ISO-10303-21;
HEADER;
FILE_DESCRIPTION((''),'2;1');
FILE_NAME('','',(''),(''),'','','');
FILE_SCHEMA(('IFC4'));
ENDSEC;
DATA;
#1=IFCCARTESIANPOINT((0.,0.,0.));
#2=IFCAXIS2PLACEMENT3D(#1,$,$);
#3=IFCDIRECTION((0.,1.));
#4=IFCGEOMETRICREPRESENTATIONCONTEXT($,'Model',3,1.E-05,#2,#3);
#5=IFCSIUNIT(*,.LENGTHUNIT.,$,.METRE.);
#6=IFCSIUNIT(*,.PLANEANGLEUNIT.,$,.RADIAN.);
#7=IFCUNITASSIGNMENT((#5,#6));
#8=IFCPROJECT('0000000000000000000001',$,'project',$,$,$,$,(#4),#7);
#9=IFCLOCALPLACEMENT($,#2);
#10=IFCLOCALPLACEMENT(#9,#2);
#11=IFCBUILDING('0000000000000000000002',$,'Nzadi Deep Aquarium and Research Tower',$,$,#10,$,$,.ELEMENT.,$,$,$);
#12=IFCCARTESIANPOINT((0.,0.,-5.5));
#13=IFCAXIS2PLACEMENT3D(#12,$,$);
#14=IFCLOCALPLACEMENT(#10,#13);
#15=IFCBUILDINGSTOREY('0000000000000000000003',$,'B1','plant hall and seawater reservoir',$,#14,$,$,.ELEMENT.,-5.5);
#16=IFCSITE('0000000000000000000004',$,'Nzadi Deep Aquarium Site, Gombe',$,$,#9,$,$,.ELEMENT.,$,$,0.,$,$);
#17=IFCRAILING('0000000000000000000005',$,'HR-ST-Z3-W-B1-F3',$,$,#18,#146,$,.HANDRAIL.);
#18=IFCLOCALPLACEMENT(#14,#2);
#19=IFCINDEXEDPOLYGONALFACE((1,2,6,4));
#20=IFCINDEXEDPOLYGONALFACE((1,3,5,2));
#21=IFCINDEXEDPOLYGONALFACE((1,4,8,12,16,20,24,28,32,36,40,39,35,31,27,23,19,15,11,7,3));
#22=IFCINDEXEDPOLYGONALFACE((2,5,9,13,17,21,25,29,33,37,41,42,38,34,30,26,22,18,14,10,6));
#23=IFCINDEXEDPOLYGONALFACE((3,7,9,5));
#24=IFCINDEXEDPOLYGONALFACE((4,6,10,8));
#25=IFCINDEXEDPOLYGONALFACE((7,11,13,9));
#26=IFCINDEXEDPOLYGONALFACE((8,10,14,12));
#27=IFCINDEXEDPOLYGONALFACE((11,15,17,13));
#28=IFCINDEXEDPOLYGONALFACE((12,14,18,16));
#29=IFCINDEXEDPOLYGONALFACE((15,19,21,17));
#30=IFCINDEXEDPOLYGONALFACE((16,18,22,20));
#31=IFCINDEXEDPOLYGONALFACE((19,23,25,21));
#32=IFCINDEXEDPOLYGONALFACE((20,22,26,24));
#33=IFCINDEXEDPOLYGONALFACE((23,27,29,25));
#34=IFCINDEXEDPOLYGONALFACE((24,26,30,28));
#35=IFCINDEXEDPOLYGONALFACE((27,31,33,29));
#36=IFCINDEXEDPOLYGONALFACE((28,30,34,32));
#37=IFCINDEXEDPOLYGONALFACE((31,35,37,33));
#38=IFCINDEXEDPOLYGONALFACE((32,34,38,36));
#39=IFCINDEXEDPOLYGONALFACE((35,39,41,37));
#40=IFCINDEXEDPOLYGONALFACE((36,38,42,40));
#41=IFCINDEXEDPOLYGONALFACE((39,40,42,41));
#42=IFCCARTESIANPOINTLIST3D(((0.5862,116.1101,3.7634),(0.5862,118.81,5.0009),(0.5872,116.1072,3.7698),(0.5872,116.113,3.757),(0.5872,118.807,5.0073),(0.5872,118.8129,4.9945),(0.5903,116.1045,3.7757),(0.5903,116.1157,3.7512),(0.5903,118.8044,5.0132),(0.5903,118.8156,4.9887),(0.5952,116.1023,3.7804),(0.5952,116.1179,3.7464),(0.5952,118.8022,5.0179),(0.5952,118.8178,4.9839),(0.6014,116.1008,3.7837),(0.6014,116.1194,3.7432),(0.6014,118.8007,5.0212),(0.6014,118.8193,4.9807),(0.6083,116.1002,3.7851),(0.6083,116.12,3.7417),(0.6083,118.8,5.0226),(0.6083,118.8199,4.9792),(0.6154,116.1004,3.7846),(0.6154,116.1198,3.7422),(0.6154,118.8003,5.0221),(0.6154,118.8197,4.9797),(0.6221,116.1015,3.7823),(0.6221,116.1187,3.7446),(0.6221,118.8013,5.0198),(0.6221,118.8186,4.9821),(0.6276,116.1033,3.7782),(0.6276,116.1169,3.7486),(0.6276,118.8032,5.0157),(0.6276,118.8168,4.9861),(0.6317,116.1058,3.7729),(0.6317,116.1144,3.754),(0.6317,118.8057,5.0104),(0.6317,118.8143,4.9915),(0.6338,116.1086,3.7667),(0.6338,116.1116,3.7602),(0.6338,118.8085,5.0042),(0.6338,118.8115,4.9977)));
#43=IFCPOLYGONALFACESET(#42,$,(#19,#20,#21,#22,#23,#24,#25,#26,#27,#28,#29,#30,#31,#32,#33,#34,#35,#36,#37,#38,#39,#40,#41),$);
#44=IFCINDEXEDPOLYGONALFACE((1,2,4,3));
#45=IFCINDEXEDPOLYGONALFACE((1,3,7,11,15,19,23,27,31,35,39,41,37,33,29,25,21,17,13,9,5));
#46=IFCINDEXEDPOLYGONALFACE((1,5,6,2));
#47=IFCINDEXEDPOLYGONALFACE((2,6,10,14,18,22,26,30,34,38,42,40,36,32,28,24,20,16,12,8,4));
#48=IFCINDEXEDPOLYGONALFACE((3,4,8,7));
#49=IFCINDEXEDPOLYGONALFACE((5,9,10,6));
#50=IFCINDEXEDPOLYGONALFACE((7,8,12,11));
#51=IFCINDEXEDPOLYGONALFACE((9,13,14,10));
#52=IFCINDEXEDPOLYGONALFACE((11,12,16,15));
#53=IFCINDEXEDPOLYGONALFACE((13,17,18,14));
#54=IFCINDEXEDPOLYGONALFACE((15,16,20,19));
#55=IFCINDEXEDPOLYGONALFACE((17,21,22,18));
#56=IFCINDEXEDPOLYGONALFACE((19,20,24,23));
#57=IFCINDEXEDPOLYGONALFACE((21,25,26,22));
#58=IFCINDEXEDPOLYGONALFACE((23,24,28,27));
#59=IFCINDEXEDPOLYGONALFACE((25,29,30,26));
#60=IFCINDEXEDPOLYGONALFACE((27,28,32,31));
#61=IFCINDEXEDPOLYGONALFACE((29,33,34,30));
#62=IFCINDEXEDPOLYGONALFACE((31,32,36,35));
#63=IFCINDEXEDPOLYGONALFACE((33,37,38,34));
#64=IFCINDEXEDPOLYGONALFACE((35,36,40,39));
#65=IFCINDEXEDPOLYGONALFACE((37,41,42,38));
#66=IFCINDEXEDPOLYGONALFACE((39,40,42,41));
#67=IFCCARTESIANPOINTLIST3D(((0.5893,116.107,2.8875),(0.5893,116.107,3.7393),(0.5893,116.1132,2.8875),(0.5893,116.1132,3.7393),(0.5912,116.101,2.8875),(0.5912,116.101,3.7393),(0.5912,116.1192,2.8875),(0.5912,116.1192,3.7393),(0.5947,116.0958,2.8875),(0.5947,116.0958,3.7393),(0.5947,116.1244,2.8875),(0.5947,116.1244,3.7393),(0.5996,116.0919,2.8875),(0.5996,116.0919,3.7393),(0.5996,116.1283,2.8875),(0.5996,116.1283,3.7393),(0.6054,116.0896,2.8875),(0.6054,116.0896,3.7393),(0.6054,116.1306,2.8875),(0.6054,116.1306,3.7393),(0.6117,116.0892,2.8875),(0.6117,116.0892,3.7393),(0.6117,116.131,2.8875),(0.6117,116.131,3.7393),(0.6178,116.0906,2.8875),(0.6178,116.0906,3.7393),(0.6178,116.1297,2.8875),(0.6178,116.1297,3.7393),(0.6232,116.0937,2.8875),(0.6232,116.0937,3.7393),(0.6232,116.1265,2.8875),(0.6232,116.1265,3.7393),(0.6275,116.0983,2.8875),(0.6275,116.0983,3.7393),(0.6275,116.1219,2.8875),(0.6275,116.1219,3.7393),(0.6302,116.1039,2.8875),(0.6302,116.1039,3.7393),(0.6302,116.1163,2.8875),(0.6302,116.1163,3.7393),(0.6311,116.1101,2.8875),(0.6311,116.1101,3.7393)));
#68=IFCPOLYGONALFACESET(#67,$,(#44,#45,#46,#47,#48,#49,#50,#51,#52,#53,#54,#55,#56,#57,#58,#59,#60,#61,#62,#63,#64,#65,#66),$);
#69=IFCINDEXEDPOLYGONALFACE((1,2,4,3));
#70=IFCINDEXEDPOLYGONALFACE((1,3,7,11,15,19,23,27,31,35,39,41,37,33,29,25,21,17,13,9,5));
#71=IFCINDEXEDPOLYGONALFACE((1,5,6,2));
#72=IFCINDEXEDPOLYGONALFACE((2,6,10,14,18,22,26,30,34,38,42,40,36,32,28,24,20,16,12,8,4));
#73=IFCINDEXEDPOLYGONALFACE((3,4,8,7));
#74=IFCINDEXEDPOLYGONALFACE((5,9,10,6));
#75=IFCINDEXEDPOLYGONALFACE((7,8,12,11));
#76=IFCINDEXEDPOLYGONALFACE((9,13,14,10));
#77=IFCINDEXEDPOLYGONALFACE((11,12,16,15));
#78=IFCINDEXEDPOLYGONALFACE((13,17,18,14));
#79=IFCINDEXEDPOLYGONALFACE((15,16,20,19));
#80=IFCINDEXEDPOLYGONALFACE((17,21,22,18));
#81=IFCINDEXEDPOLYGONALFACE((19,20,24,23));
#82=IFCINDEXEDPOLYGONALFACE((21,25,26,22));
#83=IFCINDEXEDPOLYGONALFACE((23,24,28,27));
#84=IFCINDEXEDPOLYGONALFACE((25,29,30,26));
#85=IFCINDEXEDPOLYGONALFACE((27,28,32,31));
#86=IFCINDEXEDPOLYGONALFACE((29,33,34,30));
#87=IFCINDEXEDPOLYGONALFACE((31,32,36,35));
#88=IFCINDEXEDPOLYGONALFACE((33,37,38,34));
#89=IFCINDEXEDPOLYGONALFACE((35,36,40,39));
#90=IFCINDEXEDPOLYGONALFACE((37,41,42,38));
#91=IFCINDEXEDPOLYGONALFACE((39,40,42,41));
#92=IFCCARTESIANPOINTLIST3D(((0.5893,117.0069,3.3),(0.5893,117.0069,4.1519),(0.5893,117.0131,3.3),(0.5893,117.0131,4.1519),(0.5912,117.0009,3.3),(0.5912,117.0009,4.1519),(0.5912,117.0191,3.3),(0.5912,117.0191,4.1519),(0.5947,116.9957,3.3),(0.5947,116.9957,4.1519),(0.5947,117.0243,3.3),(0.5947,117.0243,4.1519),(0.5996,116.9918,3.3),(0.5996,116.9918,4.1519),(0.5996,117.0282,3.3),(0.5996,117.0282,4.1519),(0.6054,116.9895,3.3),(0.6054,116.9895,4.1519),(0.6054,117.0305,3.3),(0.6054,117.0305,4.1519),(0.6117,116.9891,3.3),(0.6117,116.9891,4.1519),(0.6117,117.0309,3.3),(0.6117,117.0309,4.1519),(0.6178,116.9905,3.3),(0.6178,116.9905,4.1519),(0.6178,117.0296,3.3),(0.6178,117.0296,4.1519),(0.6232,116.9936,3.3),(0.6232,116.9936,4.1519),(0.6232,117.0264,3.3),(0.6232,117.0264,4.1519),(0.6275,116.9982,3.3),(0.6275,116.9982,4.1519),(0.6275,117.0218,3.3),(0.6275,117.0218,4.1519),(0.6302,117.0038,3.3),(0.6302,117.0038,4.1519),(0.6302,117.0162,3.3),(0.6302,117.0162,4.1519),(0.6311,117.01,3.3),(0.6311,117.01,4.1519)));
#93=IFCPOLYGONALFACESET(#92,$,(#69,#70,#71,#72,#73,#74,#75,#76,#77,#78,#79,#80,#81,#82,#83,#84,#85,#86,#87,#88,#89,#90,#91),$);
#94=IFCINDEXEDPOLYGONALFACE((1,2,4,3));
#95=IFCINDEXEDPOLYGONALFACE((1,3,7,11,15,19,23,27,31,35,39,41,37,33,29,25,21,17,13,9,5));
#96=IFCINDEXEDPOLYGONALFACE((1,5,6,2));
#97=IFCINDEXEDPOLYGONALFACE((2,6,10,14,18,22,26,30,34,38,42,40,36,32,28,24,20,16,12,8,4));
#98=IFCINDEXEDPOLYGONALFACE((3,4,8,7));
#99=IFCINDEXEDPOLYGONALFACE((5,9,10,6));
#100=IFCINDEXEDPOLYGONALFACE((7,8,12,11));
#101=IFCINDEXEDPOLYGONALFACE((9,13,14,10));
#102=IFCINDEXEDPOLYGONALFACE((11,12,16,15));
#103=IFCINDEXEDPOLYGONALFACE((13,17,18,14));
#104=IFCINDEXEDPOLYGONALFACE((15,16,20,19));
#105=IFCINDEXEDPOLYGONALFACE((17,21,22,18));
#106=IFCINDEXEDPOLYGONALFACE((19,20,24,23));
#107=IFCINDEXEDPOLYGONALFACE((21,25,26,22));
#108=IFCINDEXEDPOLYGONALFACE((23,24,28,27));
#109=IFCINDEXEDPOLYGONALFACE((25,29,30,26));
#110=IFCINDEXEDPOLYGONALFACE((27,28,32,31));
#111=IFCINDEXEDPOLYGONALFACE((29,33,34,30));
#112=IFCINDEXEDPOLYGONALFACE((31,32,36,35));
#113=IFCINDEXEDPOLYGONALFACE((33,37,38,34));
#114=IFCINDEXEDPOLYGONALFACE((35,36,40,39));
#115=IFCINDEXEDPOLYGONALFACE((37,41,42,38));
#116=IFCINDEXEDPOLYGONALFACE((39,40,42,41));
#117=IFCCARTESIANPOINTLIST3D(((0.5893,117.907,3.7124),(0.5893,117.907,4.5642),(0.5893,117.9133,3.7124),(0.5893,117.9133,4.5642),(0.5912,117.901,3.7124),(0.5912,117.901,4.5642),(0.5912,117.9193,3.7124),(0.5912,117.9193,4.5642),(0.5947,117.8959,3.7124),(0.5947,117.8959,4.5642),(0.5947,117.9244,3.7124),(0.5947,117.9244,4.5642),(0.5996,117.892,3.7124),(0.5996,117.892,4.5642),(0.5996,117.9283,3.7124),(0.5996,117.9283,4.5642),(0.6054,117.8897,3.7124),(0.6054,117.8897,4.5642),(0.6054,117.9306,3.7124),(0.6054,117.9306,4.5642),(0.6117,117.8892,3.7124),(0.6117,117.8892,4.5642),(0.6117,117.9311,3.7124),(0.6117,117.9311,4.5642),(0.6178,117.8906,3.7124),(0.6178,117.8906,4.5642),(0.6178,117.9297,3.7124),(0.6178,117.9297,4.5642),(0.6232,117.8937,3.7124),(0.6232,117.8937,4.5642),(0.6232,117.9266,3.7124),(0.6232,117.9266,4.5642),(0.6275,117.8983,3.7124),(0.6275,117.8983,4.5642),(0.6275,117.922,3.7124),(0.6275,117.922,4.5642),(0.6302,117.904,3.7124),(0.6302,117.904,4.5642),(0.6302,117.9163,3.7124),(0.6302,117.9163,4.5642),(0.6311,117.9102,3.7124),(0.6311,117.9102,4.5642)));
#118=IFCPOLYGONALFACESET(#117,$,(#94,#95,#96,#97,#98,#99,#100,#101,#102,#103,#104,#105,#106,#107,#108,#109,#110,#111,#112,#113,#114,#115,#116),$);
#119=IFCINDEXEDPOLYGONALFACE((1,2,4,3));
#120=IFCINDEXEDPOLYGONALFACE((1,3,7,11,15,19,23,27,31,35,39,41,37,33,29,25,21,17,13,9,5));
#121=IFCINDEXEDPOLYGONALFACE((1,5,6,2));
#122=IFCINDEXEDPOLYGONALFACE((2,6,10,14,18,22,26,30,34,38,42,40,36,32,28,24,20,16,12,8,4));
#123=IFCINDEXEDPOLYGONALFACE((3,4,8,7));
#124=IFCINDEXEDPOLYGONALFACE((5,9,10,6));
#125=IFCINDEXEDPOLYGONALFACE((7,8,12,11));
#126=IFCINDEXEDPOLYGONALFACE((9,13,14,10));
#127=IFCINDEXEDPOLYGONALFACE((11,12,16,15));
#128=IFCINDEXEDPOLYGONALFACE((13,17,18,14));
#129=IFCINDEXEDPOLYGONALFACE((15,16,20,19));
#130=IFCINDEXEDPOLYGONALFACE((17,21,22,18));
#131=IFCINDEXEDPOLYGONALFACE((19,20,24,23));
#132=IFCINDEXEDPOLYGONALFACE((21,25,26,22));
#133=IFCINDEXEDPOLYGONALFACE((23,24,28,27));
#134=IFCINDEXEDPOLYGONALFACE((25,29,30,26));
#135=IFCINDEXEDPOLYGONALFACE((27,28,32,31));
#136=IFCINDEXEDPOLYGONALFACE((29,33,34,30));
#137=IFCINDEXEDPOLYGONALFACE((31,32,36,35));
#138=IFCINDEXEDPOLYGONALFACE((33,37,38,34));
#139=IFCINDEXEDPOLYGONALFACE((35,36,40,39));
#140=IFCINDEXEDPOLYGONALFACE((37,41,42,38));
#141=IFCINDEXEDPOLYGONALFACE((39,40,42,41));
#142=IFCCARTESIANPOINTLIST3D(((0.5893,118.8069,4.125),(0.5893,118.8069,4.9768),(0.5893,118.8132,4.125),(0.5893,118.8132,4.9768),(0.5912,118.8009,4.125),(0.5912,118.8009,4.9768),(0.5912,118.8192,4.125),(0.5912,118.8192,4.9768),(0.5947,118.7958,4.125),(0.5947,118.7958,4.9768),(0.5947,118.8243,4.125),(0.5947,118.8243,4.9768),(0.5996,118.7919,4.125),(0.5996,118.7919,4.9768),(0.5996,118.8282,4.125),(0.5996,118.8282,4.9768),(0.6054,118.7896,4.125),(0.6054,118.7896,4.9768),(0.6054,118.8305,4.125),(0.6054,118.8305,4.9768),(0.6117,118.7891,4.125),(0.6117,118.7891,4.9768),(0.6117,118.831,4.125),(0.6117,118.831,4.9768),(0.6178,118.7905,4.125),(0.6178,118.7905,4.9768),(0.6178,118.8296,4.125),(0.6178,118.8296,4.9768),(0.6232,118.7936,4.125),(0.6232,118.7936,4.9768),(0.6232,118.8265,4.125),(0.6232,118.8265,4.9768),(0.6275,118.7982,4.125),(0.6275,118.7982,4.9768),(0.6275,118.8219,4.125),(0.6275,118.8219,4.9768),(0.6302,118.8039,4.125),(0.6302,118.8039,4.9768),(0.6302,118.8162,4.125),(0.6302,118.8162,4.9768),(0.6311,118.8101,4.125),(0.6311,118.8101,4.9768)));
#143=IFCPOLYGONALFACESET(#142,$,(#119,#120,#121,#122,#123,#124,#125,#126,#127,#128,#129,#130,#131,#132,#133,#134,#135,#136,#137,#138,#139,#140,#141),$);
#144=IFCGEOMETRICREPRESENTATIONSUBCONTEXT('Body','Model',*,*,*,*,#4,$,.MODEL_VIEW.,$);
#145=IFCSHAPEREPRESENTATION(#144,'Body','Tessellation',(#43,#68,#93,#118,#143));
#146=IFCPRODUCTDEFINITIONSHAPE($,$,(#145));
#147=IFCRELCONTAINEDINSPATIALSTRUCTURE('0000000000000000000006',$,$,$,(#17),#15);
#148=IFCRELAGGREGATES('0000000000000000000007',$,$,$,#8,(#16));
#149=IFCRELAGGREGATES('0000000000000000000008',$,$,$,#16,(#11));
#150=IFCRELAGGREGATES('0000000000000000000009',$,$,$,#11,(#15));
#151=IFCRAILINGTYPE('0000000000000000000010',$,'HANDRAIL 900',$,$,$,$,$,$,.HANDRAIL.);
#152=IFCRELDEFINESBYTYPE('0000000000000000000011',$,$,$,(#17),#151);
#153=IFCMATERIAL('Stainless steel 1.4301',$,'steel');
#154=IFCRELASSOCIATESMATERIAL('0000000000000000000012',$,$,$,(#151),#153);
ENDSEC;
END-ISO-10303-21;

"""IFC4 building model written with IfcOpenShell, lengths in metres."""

from ifc_helpers import new_model, si_unit, direction, frame, origin, origin_2d, place, context, subcontext, project, spatial, circle, extrude, material, type_object, element, save


model = new_model("IFC4")

# Units and contexts
model_context = context("Model", 3, precision=1e-05, world=origin(), true_north=direction((0.0, 1.0)))
body_context = subcontext(model_context, "Body", "Model", "MODEL_VIEW")
ifc_project = project(units=[si_unit("LENGTHUNIT", "METRE"), si_unit("PLANEANGLEUNIT", "RADIAN")], contexts=[model_context])

# Site, building, storey
site_placement = place(None, origin())
site = spatial("IfcSite", under=ifc_project, at=site_placement, Name="Nzadi Deep Aquarium Site, Gombe", CompositionType="ELEMENT", RefElevation=0.0)
building_placement = place(site_placement, origin())
building = spatial("IfcBuilding", under=site, at=building_placement, Name="Nzadi Deep Aquarium and Research Tower", CompositionType="ELEMENT")
storey_placement = place(building_placement, frame((0.0, 0.0, -5.5)))
storey = spatial("IfcBuildingStorey", under=building, at=storey_placement, Name="B1", Description="plant hall and seawater reservoir", CompositionType="ELEMENT", Elevation=-5.5)

# Railing
ifc_material_1 = material(Name="Stainless steel 1.4301", Category="steel")
railing_type = type_object("IfcRailingType", Name="HANDRAIL 900", PredefinedType="HANDRAIL", material=ifc_material_1)
for number, where, name in (
    (1, (0.6101, 116.1101, 2.8875), "HR-ST-Z3-W-B1-F3"),
):
    element("IfcRailing", number, at=place(storey_placement, frame(where)), inside=storey, type_object=railing_type, Name=name, PredefinedType="HANDRAIL", context=body_context, shape_type="SweptSolid", body=[
        extrude(circle(Radius=0.0239, at=origin_2d()), frame((0.0, 0.0, 0.876), z_axis=(0.0, 0.909056, 0.416675), x_axis=(-1.0, 0.0, 0.0)), (0.0, 0.0, 1.0), 2.97),
        extrude(circle(Radius=0.021, at=origin_2d()), origin(), (0.0, 0.0, 1.0), 0.8518),
        extrude(circle(Radius=0.021, at=origin_2d()), frame((0.0, 0.8999, 0.4126)), (0.0, 0.0, 1.0), 0.8518),
        extrude(circle(Radius=0.021, at=origin_2d()), frame((0.0, 1.8, 0.825)), (0.0, 0.0, 1.0), 0.8518),
        extrude(circle(Radius=0.021, at=origin_2d()), frame((0.0, 2.7, 1.2375)), (0.0, 0.0, 1.0), 0.8518),
    ])

save(model, "model.ifc")
